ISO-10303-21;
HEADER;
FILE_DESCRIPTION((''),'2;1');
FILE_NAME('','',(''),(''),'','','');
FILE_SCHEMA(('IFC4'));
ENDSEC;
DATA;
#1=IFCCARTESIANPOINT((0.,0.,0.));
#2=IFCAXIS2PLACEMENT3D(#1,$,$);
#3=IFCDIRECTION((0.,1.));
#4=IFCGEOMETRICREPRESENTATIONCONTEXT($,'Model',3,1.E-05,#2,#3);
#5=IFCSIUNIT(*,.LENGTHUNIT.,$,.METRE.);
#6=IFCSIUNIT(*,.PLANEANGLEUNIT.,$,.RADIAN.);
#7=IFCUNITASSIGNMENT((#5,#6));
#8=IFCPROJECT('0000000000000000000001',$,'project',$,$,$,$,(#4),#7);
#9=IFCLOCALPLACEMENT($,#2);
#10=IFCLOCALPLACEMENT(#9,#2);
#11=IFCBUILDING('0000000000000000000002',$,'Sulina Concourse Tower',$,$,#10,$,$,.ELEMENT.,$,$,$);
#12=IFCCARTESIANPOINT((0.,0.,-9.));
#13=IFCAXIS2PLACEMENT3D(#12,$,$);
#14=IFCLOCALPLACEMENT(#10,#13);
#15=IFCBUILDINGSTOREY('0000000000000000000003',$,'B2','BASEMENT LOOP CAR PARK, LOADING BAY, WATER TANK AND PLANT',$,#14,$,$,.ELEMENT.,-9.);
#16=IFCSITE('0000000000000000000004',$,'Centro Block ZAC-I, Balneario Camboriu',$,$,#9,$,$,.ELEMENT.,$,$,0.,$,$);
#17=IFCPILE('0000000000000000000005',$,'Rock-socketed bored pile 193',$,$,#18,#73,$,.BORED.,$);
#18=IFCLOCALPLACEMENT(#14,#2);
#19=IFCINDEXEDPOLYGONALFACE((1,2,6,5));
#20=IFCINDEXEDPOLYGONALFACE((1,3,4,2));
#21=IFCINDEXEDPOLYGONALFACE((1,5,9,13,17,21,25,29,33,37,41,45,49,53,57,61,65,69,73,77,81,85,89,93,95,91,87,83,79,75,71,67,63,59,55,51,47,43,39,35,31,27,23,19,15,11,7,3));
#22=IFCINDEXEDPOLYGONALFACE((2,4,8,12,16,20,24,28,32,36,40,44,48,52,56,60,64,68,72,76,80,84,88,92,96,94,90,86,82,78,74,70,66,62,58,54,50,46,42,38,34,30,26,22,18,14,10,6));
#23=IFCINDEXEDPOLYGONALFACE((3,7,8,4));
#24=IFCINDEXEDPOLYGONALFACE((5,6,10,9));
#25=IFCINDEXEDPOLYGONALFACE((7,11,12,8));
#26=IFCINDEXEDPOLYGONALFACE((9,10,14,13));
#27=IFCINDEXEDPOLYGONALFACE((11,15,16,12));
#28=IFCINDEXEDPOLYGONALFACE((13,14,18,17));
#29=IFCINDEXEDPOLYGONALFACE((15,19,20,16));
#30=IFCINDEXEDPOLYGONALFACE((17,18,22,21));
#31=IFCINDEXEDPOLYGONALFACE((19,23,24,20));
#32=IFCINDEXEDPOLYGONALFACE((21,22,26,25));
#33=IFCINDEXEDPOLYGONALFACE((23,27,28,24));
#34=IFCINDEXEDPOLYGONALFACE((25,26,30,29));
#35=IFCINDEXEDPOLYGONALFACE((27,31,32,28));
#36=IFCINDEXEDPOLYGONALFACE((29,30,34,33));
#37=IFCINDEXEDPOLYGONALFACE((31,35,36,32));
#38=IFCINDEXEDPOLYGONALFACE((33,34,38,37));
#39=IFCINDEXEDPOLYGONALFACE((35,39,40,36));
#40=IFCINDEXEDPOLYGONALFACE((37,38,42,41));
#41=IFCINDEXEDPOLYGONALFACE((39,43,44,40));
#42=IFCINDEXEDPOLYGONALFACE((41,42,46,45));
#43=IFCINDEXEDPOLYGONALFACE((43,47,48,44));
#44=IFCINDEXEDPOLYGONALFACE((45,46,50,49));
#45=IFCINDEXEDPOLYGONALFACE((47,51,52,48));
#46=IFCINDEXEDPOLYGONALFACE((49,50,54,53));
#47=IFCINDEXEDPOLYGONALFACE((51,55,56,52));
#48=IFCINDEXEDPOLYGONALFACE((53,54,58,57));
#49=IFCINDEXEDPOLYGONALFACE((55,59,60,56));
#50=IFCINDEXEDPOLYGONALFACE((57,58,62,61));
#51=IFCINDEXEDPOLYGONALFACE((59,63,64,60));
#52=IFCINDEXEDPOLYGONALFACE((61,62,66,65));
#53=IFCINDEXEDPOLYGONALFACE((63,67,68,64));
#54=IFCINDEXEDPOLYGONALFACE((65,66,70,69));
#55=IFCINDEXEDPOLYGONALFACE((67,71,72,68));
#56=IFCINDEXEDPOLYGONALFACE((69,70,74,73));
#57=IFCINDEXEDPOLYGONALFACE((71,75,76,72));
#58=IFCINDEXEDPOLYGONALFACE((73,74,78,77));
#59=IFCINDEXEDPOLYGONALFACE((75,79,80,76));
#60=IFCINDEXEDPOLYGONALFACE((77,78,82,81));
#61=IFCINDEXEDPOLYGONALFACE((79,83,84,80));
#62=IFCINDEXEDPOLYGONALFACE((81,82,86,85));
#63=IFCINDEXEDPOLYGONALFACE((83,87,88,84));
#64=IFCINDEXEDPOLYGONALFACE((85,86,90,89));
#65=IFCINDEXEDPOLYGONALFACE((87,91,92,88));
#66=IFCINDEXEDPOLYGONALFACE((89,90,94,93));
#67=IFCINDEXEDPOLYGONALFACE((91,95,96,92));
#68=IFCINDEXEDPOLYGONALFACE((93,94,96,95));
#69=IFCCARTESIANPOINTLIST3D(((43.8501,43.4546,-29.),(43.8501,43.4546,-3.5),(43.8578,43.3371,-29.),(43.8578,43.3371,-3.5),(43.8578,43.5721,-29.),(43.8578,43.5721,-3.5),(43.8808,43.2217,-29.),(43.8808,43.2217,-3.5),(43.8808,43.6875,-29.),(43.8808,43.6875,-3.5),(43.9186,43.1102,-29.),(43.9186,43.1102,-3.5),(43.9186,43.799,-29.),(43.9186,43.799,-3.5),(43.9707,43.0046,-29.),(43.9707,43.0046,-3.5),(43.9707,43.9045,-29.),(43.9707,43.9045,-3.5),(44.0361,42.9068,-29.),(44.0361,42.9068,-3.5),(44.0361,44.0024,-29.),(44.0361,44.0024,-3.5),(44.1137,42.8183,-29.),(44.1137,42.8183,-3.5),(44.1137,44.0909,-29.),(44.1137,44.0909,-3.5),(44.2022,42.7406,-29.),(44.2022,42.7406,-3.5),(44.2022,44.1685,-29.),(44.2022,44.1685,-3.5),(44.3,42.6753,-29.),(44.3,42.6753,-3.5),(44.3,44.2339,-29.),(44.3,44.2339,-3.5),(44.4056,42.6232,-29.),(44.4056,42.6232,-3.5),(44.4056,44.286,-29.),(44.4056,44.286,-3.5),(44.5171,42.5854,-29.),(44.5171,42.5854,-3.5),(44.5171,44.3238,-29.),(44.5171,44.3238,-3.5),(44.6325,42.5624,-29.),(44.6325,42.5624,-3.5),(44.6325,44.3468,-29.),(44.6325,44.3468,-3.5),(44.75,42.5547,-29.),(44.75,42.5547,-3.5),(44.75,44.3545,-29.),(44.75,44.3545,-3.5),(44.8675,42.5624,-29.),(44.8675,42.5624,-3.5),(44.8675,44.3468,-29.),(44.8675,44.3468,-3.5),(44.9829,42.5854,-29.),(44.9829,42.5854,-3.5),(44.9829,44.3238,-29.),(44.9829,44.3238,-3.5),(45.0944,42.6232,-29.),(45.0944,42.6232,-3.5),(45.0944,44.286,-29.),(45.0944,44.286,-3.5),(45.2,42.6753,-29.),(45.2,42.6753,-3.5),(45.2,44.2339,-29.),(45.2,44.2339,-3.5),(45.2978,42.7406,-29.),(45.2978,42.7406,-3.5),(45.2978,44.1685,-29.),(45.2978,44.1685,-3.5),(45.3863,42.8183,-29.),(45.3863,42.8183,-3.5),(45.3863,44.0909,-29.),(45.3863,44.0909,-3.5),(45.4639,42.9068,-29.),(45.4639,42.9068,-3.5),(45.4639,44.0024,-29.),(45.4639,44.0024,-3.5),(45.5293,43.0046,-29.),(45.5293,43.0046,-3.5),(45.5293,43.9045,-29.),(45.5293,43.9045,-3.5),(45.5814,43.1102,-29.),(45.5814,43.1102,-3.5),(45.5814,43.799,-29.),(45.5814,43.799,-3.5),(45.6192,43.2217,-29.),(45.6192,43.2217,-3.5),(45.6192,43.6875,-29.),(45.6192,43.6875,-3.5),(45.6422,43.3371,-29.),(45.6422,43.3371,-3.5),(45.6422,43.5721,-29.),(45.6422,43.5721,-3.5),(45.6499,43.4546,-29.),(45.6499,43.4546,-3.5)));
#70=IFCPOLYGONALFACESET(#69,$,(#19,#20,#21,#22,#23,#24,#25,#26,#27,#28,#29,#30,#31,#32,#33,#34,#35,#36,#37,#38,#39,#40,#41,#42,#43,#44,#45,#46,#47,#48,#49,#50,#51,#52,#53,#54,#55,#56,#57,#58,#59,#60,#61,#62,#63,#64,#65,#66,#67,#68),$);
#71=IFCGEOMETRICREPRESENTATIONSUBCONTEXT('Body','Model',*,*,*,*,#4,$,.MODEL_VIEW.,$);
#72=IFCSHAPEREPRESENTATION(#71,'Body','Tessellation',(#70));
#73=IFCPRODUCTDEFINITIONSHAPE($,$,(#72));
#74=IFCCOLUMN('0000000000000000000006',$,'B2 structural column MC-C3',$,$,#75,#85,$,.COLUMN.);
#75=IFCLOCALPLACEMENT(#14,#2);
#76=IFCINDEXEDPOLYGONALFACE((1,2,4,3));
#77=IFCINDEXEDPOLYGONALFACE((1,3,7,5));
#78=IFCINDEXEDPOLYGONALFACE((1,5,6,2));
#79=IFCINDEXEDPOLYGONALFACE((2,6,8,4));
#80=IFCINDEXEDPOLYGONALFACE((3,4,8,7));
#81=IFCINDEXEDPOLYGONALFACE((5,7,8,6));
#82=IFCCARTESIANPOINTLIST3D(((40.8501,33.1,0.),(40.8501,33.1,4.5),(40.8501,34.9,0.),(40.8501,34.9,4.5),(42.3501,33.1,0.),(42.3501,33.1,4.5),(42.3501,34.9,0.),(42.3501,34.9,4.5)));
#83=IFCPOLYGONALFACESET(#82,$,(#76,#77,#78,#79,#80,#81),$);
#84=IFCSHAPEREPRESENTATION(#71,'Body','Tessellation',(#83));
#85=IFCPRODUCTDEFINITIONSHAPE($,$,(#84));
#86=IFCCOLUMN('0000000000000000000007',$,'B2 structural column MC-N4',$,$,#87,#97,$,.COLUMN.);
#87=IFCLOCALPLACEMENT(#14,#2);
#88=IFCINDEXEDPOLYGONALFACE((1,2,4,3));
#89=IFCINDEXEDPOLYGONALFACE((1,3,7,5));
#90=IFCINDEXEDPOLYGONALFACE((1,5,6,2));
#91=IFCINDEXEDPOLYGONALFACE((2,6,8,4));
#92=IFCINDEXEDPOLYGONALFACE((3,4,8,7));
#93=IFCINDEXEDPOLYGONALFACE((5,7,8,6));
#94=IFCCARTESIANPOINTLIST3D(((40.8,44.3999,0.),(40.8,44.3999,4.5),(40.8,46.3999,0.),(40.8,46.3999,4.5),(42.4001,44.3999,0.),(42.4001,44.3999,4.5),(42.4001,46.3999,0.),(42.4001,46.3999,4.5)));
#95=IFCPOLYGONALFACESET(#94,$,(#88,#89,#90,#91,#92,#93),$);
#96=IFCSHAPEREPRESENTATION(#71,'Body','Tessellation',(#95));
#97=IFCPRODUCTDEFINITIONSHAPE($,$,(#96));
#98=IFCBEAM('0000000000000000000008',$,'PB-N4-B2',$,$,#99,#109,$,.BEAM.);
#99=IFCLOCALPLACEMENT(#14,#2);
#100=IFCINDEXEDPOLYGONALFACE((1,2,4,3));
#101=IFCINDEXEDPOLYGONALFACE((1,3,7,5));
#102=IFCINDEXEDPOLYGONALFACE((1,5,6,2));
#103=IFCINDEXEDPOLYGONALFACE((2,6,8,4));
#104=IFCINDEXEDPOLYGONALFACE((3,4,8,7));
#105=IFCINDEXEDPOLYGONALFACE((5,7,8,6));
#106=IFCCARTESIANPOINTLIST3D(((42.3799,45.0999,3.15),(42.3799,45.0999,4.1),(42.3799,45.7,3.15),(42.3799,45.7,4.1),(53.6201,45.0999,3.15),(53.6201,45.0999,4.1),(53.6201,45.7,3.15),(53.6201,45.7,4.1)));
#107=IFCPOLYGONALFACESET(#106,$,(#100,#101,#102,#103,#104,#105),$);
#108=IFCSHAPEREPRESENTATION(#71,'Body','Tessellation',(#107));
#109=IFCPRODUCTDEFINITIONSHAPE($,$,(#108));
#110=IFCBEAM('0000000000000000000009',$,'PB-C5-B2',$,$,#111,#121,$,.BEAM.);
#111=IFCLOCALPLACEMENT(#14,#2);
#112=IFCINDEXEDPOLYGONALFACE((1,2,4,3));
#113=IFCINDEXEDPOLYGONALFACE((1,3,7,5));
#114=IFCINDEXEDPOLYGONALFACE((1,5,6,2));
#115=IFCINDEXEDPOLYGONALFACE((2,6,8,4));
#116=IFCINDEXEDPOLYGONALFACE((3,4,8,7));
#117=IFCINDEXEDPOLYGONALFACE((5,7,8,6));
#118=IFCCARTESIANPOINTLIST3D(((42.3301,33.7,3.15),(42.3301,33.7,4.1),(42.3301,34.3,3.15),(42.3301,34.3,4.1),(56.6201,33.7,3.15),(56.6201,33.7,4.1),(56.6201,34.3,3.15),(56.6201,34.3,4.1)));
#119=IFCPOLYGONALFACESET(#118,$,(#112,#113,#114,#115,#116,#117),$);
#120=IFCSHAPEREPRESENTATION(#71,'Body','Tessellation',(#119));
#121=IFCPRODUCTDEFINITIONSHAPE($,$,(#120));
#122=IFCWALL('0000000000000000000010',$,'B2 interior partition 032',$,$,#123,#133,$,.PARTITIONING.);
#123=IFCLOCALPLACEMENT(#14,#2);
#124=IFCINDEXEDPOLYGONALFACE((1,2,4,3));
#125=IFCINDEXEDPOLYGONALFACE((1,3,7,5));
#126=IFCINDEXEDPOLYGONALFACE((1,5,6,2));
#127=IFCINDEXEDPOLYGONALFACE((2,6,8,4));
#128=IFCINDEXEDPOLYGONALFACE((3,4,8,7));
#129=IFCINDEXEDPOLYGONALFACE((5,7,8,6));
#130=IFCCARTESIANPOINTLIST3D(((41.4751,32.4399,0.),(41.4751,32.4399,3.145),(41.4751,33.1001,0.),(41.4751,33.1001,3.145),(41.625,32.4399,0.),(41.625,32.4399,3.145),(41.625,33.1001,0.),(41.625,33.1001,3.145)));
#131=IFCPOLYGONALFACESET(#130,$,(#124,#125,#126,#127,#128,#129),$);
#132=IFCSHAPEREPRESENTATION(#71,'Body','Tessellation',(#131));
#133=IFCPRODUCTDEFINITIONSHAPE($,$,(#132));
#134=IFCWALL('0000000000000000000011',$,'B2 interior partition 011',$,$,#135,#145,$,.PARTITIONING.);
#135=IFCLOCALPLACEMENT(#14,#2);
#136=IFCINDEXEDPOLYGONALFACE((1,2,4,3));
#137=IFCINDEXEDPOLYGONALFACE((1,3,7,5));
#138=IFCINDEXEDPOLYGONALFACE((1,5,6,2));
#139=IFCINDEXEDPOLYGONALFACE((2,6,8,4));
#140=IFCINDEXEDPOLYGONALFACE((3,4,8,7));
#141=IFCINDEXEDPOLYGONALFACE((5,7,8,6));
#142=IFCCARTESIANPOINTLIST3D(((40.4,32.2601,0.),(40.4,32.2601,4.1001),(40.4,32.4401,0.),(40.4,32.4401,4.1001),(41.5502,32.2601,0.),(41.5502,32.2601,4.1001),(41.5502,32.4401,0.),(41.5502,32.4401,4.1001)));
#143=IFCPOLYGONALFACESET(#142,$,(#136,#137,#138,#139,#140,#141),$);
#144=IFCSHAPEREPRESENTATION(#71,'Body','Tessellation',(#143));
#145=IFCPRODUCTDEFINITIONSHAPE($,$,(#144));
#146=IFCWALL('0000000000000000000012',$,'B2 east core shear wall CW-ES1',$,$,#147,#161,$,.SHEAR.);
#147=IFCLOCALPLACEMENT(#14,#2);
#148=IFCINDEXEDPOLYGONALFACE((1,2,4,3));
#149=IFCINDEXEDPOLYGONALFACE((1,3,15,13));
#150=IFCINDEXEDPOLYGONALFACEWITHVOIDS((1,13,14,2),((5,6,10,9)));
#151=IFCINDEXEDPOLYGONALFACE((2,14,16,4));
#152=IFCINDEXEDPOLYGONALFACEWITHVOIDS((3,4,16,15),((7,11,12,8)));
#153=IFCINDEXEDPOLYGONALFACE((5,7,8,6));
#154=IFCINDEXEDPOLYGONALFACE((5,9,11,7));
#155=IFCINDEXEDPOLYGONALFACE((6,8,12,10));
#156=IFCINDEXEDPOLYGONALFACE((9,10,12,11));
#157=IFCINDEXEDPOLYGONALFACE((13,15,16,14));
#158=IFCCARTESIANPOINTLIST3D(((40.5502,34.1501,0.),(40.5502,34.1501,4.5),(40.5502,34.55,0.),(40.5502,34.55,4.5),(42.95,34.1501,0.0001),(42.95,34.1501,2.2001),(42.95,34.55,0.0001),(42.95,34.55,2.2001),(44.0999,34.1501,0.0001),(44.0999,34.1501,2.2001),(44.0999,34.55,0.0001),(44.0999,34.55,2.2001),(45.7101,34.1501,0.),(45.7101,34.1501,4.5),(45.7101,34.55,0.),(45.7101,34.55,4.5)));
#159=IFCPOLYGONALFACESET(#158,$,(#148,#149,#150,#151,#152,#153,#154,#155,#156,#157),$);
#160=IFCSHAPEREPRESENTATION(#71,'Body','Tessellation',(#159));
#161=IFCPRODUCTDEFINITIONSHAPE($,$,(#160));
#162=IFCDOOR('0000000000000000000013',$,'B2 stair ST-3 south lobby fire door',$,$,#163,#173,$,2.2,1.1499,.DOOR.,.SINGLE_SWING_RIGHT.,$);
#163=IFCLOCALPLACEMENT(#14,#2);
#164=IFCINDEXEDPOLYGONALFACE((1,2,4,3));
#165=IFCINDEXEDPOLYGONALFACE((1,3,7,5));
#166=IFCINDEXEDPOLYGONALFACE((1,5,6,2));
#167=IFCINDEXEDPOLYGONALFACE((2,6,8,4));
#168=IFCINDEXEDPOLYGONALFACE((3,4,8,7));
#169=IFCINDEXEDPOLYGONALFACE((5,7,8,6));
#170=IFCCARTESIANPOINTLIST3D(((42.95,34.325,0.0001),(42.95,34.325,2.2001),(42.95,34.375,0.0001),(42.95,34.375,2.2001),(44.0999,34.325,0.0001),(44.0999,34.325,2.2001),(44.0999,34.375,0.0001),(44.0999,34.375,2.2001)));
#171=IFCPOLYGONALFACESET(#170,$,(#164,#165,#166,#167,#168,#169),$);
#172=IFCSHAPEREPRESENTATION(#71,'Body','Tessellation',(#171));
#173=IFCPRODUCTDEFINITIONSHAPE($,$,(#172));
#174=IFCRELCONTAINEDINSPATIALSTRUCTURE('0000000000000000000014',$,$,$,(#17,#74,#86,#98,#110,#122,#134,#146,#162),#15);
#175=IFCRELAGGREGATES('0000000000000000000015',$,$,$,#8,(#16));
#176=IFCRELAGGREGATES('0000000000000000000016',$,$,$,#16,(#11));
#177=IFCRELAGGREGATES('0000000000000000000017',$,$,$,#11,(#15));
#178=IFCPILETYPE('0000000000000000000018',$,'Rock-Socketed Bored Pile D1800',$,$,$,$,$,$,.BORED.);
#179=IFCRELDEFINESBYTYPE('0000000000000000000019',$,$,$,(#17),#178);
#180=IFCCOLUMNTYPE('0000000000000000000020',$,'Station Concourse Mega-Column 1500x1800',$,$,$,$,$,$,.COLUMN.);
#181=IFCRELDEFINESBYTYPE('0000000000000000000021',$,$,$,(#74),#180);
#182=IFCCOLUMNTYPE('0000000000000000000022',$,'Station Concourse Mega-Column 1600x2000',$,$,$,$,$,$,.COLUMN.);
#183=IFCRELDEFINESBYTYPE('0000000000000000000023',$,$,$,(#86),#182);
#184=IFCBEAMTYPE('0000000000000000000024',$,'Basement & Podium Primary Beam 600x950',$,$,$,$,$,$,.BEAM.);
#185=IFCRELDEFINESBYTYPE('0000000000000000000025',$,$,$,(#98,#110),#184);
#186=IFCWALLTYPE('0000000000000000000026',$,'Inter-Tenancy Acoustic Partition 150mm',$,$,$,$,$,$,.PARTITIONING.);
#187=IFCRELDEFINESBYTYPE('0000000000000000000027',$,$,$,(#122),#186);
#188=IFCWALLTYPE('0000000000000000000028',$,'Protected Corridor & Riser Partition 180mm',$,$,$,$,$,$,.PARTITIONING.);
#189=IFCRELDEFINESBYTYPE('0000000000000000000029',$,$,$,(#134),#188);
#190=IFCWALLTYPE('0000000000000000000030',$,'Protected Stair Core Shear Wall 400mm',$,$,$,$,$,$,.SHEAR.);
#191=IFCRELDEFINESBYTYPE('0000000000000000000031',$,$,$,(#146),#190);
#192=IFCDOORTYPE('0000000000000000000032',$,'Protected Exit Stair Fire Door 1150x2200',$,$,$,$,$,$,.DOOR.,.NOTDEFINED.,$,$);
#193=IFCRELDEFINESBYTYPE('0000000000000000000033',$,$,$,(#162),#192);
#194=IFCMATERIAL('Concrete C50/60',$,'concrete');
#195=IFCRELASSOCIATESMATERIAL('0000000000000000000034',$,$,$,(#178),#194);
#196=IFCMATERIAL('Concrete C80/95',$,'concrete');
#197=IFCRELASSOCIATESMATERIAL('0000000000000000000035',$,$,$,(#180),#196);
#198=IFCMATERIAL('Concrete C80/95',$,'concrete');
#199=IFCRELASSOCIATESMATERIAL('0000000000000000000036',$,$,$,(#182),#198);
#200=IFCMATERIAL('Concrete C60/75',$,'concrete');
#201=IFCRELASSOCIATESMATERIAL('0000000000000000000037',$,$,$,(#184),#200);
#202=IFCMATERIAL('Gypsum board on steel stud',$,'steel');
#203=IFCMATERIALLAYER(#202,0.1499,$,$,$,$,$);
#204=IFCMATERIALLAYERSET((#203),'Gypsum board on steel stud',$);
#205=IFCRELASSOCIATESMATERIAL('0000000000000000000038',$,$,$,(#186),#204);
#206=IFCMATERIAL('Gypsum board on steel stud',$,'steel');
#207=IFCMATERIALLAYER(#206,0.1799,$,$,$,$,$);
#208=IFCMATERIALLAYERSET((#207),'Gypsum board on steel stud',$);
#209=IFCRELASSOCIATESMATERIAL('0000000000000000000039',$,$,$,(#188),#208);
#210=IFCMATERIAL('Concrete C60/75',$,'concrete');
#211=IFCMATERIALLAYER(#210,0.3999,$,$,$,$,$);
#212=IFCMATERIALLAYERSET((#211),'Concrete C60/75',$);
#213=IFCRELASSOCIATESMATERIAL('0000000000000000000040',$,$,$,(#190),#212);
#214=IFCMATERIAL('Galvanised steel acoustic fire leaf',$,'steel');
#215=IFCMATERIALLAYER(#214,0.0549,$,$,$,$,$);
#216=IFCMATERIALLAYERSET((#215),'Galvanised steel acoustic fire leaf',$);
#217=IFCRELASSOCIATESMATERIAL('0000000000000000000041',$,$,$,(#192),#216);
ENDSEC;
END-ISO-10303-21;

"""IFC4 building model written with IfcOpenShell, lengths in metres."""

from ifc_helpers import new_model, si_unit, direction, frame, frame_2d, origin, origin_2d, place, context, subcontext, project, spatial, rectangle, circle, extrude, material, layer, layer_set, material_profile, profile_set, type_object, element, fill, save


model = new_model("IFC4")

# Units and contexts
model_context = context("Model", 3, precision=1e-05, world=origin(), true_north=direction((0.0, 1.0)))
body_context = subcontext(model_context, "Body", "Model", "MODEL_VIEW")
ifc_project = project(units=[si_unit("LENGTHUNIT", "METRE"), si_unit("PLANEANGLEUNIT", "RADIAN")], contexts=[model_context])

# Site, building, storey
site_placement = place(None, origin())
site = spatial("IfcSite", under=ifc_project, at=site_placement, Name="Centro Block ZAC-I, Balneario Camboriu", CompositionType="ELEMENT", RefElevation=0.0)
building_placement = place(site_placement, origin())
building = spatial("IfcBuilding", under=site, at=building_placement, Name="Sulina Concourse Tower", CompositionType="ELEMENT")
storey_placement = place(building_placement, frame((0.0, 0.0, -9.0)))
storey = spatial("IfcBuildingStorey", under=building, at=storey_placement, Name="B2", Description="BASEMENT LOOP CAR PARK, LOADING BAY, WATER TANK AND PLANT", CompositionType="ELEMENT", Elevation=-9.0)

# Pile
ifc_material_1 = material(Name="Concrete C50/60", Category="concrete")
ifc_material_profile_1 = material_profile(ifc_material_1, circle(Radius=0.8999, at=origin_2d()), Name="PILE D1800")
ifc_profile_set_1 = profile_set([ifc_material_profile_1], Name="Concrete C50/60")
pile_type_1 = type_object("IfcPileType", Name="Rock-Socketed Bored Pile D1800", PredefinedType="BORED", material=ifc_profile_set_1)
for number, where, z_axis, x_axis, name in (
    (1, (44.75, 43.4546, -3.5), (0.0, 0.0, -1.0), (1.0, 0.0, 0.0), "Rock-socketed bored pile 193"),
):
    element("IfcPile", number, at=place(storey_placement, frame(where, z_axis=z_axis, x_axis=x_axis)), inside=storey, type_object=pile_type_1, Name=name, PredefinedType="BORED", context=body_context, shape_type="SweptSolid", body=[
        extrude(circle(Radius=0.8999, at=origin_2d()), origin(), (0.0, 0.0, 1.0), 25.5),
    ])

# Columns
ifc_material_2 = material(Name="Concrete C80/95", Category="concrete")
ifc_material_profile_2 = material_profile(ifc_material_2, rectangle(XDim=1.5, YDim=1.8, at=origin_2d()), Name="RC 1500x1800")
ifc_profile_set_2 = profile_set([ifc_material_profile_2], Name="Concrete C80/95")
column_type_1 = type_object("IfcColumnType", Name="Station Concourse Mega-Column 1500x1800", PredefinedType="COLUMN", material=ifc_profile_set_2)
column_1_placement = place(storey_placement, frame((41.6001, 34.0, 0.0), z_axis=(0.0, 0.0, 1.0), x_axis=(1.0, 0.0, 0.0)))
element("IfcColumn", 2, at=column_1_placement, inside=storey, type_object=column_type_1, Name="B2 structural column MC-C3", PredefinedType="COLUMN", context=body_context, shape_type="SweptSolid", body=[
    extrude(rectangle(XDim=1.5, YDim=1.8, at=origin_2d()), origin(), (0.0, 0.0, 1.0), 4.5),
])
ifc_material_3 = material(Name="Concrete C80/95", Category="concrete")
ifc_material_profile_3 = material_profile(ifc_material_3, rectangle(XDim=1.6001, YDim=2.0, at=origin_2d()), Name="RC 1600x2000")
ifc_profile_set_3 = profile_set([ifc_material_profile_3], Name="Concrete C80/95")
column_type_2 = type_object("IfcColumnType", Name="Station Concourse Mega-Column 1600x2000", PredefinedType="COLUMN", material=ifc_profile_set_3)
column_2_placement = place(storey_placement, frame((41.6001, 45.3999, 0.0), z_axis=(0.0, 0.0, 1.0), x_axis=(1.0, 0.0, 0.0)))
element("IfcColumn", 3, at=column_2_placement, inside=storey, type_object=column_type_2, Name="B2 structural column MC-N4", PredefinedType="COLUMN", context=body_context, shape_type="SweptSolid", body=[
    extrude(rectangle(XDim=1.6001, YDim=2.0, at=origin_2d()), origin(), (0.0, 0.0, 1.0), 4.5),
])

# Beams
ifc_material_4 = material(Name="Concrete C60/75", Category="concrete")
ifc_material_profile_4 = material_profile(ifc_material_4, rectangle(XDim=0.6001, YDim=0.95, at=origin_2d()), Name="RC 600x950")
ifc_profile_set_4 = profile_set([ifc_material_profile_4], Name="Concrete C60/75")
beam_type = type_object("IfcBeamType", Name="Basement & Podium Primary Beam 600x950", PredefinedType="BEAM", material=ifc_profile_set_4)
beam_1_placement = place(storey_placement, frame((42.3799, 45.3999, 3.625), z_axis=(1.0, 0.0, 0.0), x_axis=(0.0, 1.0, 0.0)))
element("IfcBeam", 4, at=beam_1_placement, inside=storey, type_object=beam_type, Name="PB-N4-B2", PredefinedType="BEAM", context=body_context, shape_type="SweptSolid", body=[
    extrude(rectangle(XDim=0.6001, YDim=0.95, at=origin_2d()), origin(), (0.0, 0.0, 1.0), 11.2402),
])
beam_2_placement = place(storey_placement, frame((42.3301, 34.0, 3.625), z_axis=(1.0, 0.0, 0.0), x_axis=(0.0, 1.0, 0.0)))
element("IfcBeam", 5, at=beam_2_placement, inside=storey, type_object=beam_type, Name="PB-C5-B2", PredefinedType="BEAM", context=body_context, shape_type="SweptSolid", body=[
    extrude(rectangle(XDim=0.6001, YDim=0.95, at=origin_2d()), origin(), (0.0, 0.0, 1.0), 14.29),
])

# Walls
ifc_material_5 = material(Name="Gypsum board on steel stud", Category="steel")
ifc_layer_1 = layer(ifc_material_5, 0.1499)
ifc_layer_set_1 = layer_set([ifc_layer_1], Name="Gypsum board on steel stud")
wall_type_1 = type_object("IfcWallType", Name="Inter-Tenancy Acoustic Partition 150mm", PredefinedType="PARTITIONING", material=ifc_layer_set_1)
wall_1_placement = place(storey_placement, frame((41.55, 32.4399, 0.0), z_axis=(0.0, 0.0, 1.0), x_axis=(0.0, 1.0, 0.0)))
element("IfcWall", 6, at=wall_1_placement, inside=storey, type_object=wall_type_1, Name="B2 interior partition 032", PredefinedType="PARTITIONING", context=body_context, shape_type="SweptSolid", body=[
    extrude(rectangle(XDim=0.6602, YDim=0.1499, at=frame_2d((0.3301, 0.0))), origin(), (0.0, 0.0, 1.0), 3.145),
])
ifc_material_6 = material(Name="Gypsum board on steel stud", Category="steel")
ifc_layer_2 = layer(ifc_material_6, 0.1799)
ifc_layer_set_2 = layer_set([ifc_layer_2], Name="Gypsum board on steel stud")
wall_type_2 = type_object("IfcWallType", Name="Protected Corridor & Riser Partition 180mm", PredefinedType="PARTITIONING", material=ifc_layer_set_2)
wall_2_placement = place(storey_placement, frame((40.3999, 32.3501, 0.0), z_axis=(0.0, 0.0, 1.0), x_axis=(1.0, 0.0, 0.0)))
element("IfcWall", 7, at=wall_2_placement, inside=storey, type_object=wall_type_2, Name="B2 interior partition 011", PredefinedType="PARTITIONING", context=body_context, shape_type="SweptSolid", body=[
    extrude(rectangle(XDim=1.1501, YDim=0.1799, at=frame_2d((0.5752, 0.0))), origin(), (0.0, 0.0, 1.0), 4.1001),
])

# Wall, opening, door
ifc_material_7 = material(Name="Concrete C60/75", Category="concrete")
ifc_layer_3 = layer(ifc_material_7, 0.3999)
ifc_layer_set_3 = layer_set([ifc_layer_3], Name="Concrete C60/75")
wall_type_3 = type_object("IfcWallType", Name="Protected Stair Core Shear Wall 400mm", PredefinedType="SHEAR", material=ifc_layer_set_3)
wall_3_placement = place(storey_placement, frame((40.55, 34.3501, 0.0), z_axis=(0.0, 0.0, 1.0), x_axis=(1.0, 0.0, 0.0)))
wall_3 = element("IfcWall", 8, at=wall_3_placement, inside=storey, type_object=wall_type_3, Name="B2 east core shear wall CW-ES1", PredefinedType="SHEAR", context=body_context, shape_type="SweptSolid", body=[
    extrude(rectangle(XDim=5.1599, YDim=0.3999, at=frame_2d((2.5801, 0.0))), origin(), (0.0, 0.0, 1.0), 4.5),
])
opening_placement = place(wall_3_placement, frame((2.3999, 0.0, 0.0)))
opening = element("IfcOpeningElement", 9, at=opening_placement, cuts=wall_3, PredefinedType="OPENING", context=body_context, shape_type="SweptSolid", body=[
    extrude(rectangle(XDim=1.1499, YDim=2.2, at=frame_2d((0.575, 1.1001))), frame((0.0, 0.21, 0.0), z_axis=(0.0, -1.0, 0.0), x_axis=(1.0, 0.0, 0.0)), (0.0, 0.0, 1.0), 0.4199),
])
ifc_material_8 = material(Name="Galvanised steel acoustic fire leaf", Category="steel")
ifc_layer_4 = layer(ifc_material_8, 0.0549)
ifc_layer_set_4 = layer_set([ifc_layer_4], Name="Galvanised steel acoustic fire leaf")
door_type = type_object("IfcDoorType", Name="Protected Exit Stair Fire Door 1150x2200", OperationType="NOTDEFINED", PredefinedType="DOOR", material=ifc_layer_set_4)
door_placement = place(opening_placement, origin())
door = element("IfcDoor", 10, at=door_placement, inside=storey, type_object=door_type, Name="B2 stair ST-3 south lobby fire door", OperationType="SINGLE_SWING_RIGHT", OverallHeight=2.2, OverallWidth=1.1499, PredefinedType="DOOR", context=body_context, shape_type="SweptSolid", body=[
    extrude(rectangle(XDim=1.1499, YDim=2.2, at=frame_2d((0.575, 1.1001))), frame((0.0, 0.0249, 0.0), z_axis=(0.0, -1.0, 0.0), x_axis=(1.0, 0.0, 0.0)), (0.0, 0.0, 1.0), 0.05),
])
fill(opening, door)

save(model, "model.ifc")
